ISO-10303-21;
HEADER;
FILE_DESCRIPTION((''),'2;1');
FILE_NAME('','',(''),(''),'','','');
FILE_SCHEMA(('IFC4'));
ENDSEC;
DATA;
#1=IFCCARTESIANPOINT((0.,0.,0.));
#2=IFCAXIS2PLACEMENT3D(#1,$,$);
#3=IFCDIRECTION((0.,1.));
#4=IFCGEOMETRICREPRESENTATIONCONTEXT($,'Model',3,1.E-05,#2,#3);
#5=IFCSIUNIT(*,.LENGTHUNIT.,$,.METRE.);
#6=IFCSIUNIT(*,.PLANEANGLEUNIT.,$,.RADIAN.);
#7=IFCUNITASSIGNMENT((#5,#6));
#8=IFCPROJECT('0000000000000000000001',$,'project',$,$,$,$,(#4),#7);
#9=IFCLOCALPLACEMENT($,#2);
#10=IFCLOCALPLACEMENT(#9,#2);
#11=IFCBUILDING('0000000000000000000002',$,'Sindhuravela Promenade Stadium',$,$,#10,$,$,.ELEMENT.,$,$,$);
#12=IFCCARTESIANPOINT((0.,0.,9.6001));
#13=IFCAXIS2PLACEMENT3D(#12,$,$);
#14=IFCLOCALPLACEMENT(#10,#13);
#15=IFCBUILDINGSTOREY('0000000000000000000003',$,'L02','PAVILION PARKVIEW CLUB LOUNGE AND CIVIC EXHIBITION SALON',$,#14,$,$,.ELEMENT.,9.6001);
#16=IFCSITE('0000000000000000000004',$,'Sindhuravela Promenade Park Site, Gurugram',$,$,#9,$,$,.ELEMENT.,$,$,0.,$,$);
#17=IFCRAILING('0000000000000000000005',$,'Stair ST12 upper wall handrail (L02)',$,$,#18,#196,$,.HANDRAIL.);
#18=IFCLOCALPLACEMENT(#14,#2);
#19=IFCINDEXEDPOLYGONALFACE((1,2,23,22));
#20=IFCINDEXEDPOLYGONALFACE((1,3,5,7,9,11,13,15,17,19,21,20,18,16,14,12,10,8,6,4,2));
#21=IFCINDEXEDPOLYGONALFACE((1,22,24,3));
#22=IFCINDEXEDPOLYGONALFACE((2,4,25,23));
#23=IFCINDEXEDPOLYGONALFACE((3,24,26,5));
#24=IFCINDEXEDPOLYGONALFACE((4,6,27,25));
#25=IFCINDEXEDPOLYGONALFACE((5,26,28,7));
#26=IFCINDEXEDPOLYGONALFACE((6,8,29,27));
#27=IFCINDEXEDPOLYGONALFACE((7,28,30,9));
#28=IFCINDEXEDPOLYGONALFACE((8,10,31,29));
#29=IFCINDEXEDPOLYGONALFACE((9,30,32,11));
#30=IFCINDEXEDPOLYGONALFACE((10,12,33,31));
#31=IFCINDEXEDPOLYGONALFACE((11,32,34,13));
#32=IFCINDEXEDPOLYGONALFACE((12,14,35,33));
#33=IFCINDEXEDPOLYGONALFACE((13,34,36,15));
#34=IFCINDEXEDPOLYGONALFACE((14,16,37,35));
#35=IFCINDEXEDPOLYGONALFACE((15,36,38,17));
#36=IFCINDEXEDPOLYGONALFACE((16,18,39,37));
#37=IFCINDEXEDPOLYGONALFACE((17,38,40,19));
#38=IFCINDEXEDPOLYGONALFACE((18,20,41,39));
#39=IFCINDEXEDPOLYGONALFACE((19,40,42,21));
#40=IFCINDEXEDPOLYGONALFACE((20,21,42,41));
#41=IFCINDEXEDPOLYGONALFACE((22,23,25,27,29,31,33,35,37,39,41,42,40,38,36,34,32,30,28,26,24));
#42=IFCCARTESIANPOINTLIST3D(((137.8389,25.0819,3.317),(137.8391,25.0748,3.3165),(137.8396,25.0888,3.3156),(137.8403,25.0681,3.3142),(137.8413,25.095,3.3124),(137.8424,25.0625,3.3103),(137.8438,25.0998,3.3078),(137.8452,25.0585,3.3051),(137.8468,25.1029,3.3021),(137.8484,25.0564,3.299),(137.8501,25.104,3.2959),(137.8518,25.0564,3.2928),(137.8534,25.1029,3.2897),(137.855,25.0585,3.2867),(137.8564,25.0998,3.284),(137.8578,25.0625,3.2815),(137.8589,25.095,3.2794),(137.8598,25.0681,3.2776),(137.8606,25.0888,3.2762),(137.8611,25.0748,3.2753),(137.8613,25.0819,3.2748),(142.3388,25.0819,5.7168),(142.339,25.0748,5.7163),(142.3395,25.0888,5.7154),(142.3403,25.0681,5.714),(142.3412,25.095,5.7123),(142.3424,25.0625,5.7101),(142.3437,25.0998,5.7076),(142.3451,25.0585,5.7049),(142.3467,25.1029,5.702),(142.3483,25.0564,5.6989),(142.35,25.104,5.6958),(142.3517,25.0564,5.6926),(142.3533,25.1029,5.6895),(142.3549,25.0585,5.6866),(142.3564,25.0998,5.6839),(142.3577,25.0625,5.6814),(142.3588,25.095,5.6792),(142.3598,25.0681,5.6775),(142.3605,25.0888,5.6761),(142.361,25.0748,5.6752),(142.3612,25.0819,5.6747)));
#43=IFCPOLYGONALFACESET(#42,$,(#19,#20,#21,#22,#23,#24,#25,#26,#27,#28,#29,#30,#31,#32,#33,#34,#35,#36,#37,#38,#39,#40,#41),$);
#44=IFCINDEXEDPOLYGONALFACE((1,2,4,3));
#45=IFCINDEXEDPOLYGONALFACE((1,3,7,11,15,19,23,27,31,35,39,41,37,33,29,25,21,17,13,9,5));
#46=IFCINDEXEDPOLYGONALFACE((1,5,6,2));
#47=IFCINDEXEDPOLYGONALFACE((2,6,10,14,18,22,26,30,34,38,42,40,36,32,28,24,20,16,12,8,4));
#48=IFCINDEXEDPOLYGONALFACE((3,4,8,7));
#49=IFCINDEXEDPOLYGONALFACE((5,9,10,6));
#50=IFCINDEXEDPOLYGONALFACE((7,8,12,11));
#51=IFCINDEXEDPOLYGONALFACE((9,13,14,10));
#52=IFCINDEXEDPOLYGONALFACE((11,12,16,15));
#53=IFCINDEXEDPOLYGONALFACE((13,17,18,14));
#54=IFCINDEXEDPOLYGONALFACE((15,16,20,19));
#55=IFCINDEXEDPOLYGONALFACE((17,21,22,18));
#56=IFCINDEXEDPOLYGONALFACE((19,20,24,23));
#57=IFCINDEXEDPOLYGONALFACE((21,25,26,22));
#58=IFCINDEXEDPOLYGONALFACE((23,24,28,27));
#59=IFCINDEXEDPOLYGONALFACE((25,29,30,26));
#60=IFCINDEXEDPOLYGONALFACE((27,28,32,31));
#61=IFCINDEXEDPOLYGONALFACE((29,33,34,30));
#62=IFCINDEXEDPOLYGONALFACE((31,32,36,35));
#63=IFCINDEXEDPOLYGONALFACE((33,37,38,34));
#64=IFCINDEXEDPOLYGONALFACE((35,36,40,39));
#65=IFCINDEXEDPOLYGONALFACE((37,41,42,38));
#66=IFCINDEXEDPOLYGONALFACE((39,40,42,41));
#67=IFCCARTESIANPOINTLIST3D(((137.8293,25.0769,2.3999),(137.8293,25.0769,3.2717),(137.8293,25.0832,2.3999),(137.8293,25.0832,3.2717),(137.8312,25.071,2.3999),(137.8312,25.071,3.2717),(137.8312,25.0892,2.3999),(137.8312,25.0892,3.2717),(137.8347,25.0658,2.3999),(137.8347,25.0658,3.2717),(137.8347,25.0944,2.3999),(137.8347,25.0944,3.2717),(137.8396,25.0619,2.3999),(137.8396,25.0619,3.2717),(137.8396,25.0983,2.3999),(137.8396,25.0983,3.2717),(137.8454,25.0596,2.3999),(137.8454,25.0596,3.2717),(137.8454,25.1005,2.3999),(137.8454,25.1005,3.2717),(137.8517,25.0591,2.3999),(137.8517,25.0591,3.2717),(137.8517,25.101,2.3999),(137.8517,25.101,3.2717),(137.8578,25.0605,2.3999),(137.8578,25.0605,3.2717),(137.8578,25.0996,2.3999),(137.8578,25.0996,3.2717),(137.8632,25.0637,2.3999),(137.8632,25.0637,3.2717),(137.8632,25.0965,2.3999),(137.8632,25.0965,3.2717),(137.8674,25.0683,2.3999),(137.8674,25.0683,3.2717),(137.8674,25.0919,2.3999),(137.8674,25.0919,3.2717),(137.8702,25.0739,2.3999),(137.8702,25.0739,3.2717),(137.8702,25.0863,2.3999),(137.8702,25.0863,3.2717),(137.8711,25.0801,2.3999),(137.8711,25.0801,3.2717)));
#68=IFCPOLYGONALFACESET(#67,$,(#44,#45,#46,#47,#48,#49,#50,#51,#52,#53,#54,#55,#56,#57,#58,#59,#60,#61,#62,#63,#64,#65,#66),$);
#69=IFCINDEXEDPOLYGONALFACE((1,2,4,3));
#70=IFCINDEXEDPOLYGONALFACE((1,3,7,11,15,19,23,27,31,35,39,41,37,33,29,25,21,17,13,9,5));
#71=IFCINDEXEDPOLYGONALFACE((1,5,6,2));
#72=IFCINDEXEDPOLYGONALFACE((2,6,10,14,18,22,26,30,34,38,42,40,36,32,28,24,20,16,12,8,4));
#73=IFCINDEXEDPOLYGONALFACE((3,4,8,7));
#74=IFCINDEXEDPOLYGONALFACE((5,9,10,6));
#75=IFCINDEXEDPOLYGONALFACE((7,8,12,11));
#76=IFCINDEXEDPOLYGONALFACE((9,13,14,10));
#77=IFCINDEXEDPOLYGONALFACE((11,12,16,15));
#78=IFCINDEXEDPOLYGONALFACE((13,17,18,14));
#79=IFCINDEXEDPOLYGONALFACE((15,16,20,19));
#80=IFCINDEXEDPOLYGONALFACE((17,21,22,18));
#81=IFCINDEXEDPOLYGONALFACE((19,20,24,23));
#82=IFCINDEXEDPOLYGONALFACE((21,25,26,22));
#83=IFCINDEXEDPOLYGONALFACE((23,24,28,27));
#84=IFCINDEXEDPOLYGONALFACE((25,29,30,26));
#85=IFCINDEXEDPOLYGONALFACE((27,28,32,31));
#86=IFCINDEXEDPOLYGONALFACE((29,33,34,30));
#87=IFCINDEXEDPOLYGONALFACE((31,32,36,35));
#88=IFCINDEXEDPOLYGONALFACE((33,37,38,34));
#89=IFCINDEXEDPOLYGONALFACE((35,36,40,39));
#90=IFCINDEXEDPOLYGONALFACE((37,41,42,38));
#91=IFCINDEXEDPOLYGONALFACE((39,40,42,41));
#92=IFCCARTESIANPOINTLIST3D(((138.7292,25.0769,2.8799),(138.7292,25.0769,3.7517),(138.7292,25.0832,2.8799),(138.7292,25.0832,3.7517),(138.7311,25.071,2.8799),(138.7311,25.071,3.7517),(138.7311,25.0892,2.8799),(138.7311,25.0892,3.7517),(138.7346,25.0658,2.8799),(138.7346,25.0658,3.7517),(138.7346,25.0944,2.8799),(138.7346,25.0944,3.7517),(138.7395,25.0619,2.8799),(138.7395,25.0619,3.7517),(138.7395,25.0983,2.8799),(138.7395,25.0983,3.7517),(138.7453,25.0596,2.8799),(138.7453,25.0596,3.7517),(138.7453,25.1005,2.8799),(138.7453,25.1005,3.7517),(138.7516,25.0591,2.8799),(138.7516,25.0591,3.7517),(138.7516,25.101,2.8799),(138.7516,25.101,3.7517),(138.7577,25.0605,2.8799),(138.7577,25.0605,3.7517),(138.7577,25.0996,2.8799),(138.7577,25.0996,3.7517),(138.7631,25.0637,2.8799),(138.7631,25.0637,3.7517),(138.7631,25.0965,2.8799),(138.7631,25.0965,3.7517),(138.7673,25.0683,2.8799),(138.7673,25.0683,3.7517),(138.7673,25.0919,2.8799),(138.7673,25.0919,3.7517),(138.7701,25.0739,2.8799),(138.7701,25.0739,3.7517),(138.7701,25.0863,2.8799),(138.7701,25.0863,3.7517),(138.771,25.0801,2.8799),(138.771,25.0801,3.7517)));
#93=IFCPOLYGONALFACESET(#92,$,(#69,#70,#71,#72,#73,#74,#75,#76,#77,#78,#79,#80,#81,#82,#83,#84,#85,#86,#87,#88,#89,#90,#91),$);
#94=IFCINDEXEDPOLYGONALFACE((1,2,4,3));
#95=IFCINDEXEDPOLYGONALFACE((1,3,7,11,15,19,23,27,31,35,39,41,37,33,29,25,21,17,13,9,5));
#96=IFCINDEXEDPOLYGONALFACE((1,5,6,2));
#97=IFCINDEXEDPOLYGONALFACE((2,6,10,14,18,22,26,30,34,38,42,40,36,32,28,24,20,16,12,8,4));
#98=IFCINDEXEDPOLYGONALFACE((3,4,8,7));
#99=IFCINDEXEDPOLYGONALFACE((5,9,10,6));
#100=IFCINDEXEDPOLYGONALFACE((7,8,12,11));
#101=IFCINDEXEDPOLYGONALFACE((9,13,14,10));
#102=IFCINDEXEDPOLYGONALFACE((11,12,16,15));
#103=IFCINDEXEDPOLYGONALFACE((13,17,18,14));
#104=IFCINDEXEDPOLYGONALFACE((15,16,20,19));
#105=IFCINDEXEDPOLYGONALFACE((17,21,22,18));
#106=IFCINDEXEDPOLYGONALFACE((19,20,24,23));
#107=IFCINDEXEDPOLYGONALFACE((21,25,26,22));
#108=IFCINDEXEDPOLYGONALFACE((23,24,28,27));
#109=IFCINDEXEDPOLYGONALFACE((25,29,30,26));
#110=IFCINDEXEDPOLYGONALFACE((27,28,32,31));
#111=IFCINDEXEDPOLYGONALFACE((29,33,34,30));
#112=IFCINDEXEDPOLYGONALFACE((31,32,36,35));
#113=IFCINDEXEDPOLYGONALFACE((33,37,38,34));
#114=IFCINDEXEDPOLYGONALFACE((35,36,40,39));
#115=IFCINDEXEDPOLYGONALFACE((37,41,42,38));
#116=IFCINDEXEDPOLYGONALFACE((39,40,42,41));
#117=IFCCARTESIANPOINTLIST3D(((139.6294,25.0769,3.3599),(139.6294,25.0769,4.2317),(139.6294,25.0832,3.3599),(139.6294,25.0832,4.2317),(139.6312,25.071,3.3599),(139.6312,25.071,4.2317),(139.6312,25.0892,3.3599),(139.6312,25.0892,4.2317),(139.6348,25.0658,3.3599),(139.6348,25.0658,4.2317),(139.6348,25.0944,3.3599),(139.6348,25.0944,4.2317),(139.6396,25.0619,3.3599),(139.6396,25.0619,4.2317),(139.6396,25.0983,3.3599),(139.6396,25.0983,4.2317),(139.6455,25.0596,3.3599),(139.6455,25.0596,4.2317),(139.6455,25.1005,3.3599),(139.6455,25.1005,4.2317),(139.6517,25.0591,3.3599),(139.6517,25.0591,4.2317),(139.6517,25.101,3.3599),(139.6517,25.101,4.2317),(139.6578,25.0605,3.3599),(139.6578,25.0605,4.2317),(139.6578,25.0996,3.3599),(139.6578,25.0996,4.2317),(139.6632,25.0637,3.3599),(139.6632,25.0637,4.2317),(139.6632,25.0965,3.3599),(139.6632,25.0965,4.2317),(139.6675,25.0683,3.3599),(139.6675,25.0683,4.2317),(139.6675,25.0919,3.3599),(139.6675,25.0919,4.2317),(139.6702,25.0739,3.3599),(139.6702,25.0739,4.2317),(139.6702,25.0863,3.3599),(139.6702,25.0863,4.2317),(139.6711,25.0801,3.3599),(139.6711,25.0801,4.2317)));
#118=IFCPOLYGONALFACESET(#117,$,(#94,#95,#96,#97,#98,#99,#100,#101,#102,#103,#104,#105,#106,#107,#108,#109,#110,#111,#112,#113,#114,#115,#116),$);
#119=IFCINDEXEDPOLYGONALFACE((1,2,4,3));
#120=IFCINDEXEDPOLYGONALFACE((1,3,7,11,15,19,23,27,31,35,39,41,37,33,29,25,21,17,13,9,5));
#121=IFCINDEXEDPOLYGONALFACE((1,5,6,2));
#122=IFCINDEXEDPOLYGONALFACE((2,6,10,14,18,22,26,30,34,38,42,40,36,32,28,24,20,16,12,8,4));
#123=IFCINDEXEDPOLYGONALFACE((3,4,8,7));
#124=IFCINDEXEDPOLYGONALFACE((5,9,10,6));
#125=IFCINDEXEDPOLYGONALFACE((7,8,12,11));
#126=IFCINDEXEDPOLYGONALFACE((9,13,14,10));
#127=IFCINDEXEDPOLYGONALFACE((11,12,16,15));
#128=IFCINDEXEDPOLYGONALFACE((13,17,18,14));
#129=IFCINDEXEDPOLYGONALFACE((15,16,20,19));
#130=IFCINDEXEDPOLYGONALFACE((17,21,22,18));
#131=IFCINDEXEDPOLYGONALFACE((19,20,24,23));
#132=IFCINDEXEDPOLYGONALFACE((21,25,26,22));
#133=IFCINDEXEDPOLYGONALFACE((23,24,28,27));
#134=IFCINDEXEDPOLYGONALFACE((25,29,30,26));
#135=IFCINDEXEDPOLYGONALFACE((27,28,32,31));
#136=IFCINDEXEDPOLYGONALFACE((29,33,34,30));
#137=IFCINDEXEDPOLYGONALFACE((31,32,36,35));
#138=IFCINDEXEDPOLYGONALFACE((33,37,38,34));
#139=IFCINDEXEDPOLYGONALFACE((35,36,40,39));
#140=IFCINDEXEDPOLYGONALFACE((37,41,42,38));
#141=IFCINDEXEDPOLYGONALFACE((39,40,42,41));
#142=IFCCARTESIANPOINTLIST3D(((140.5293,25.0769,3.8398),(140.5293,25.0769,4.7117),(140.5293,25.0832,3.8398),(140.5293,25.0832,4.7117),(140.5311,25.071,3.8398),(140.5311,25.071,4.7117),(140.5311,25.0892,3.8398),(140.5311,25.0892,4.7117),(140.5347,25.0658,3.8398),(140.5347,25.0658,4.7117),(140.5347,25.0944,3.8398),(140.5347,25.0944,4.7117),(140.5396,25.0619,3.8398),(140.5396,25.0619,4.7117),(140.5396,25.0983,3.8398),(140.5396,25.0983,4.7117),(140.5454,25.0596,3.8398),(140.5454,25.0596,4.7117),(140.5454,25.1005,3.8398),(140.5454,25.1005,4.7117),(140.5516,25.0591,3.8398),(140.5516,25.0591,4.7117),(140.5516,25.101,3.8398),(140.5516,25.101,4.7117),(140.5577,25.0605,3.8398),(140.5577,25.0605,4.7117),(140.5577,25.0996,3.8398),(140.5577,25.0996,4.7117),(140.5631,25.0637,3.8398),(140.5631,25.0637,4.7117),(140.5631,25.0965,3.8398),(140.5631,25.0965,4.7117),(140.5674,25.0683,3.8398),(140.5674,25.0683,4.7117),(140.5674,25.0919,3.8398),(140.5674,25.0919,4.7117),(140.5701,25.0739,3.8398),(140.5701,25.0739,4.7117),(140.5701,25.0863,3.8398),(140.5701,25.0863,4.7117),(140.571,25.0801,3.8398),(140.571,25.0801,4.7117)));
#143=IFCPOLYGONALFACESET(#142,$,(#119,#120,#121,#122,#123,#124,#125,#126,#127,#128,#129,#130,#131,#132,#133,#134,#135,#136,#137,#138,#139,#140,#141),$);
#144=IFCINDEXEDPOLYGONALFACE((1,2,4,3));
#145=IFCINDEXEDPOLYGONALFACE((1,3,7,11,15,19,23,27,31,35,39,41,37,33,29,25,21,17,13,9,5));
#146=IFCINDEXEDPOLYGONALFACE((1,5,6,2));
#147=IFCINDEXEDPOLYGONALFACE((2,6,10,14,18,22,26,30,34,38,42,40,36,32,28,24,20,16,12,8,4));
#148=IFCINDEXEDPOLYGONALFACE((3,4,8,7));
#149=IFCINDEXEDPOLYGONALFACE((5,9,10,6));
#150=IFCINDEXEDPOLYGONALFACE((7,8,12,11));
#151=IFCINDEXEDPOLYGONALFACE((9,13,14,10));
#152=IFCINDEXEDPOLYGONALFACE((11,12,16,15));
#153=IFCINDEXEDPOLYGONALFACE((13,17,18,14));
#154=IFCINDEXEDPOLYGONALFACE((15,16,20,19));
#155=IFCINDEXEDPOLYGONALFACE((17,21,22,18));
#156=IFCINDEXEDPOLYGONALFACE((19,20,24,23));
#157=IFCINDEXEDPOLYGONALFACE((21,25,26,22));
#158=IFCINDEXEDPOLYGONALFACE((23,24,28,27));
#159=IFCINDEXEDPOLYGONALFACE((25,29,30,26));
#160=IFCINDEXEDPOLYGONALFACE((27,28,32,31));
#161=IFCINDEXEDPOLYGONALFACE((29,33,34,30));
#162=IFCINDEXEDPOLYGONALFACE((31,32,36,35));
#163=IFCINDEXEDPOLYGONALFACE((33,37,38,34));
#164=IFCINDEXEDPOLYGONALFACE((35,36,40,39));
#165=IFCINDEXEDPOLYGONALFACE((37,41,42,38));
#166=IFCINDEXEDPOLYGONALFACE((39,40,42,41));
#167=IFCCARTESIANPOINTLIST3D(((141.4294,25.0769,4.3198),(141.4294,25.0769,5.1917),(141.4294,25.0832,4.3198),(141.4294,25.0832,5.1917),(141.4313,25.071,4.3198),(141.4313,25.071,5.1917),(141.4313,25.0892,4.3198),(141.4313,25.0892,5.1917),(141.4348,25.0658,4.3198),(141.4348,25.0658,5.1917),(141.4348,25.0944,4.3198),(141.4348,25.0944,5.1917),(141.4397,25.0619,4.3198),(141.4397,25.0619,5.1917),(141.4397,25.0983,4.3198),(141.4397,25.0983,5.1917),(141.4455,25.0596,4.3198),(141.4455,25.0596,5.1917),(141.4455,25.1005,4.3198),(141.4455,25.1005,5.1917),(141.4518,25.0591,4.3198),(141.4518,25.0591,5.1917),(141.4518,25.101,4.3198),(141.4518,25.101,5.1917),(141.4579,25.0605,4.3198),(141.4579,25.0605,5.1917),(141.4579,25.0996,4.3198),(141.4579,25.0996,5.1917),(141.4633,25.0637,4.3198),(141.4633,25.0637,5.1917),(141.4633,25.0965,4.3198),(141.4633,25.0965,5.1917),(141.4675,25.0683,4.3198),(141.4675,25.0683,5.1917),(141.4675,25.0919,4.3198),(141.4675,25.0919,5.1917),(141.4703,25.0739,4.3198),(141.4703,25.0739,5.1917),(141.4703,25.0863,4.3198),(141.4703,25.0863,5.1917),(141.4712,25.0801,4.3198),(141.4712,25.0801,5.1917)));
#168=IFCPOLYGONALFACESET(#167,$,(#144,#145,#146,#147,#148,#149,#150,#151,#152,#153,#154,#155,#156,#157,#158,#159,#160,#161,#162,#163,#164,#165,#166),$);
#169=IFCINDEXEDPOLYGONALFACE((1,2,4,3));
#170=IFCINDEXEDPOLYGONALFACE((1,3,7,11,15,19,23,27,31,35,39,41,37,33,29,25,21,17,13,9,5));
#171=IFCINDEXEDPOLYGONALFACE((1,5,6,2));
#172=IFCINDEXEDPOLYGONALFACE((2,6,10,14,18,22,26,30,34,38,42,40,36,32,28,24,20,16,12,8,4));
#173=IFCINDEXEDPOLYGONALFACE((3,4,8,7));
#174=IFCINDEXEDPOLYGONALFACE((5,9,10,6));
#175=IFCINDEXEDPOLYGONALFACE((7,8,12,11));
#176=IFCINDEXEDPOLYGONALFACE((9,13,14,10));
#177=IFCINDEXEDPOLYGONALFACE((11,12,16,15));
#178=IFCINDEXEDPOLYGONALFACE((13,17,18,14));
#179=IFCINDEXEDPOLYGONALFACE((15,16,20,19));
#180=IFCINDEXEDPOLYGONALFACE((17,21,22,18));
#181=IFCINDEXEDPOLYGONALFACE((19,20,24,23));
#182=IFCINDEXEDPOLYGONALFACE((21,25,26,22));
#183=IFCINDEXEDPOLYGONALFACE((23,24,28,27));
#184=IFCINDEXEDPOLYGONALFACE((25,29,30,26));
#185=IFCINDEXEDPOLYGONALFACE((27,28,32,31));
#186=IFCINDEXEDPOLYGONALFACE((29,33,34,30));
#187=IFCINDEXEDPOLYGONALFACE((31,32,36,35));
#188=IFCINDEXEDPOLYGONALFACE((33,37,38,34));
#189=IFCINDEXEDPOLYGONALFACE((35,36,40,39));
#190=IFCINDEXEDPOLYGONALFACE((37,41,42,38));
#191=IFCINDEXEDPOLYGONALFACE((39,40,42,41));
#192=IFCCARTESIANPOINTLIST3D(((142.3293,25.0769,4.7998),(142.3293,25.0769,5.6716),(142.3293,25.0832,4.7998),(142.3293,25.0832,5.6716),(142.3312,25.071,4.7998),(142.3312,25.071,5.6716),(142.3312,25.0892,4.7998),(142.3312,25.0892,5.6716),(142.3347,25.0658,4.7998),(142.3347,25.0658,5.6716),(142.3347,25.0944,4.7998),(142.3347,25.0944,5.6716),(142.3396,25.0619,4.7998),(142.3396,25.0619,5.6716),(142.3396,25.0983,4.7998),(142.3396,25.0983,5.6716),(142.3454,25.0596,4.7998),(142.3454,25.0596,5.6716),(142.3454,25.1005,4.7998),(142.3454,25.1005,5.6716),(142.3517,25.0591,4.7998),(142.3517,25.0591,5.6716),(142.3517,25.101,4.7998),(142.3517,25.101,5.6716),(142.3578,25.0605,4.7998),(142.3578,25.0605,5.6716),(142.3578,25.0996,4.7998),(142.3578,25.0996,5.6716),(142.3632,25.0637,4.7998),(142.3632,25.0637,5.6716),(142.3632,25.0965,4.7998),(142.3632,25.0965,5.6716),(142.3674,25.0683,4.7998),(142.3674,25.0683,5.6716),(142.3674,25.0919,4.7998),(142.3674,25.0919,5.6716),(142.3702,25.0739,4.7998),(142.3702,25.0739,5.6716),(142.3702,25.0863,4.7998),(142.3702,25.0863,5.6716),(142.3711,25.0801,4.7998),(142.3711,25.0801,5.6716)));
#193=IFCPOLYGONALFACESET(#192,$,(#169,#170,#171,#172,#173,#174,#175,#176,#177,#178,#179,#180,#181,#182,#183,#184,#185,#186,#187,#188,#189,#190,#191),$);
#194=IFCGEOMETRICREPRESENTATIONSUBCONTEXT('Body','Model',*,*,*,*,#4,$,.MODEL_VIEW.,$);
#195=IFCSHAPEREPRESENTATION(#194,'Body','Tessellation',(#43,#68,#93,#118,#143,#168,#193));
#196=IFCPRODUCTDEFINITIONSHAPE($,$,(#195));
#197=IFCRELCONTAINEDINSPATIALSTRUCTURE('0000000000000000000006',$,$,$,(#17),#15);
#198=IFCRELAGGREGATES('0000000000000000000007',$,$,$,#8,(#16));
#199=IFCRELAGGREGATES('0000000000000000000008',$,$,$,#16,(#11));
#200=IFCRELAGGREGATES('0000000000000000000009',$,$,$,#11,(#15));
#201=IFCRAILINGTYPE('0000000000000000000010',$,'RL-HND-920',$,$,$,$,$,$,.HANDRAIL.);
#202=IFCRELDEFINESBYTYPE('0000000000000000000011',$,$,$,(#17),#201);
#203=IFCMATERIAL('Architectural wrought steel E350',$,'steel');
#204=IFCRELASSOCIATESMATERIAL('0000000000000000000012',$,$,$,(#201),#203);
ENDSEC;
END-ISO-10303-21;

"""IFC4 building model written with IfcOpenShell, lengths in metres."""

from ifc_helpers import new_model, si_unit, direction, frame, origin, origin_2d, place, context, subcontext, project, spatial, circle, extrude, material, type_object, element, save


model = new_model("IFC4")

# Units and contexts
model_context = context("Model", 3, precision=1e-05, world=origin(), true_north=direction((0.0, 1.0)))
body_context = subcontext(model_context, "Body", "Model", "MODEL_VIEW")
ifc_project = project(units=[si_unit("LENGTHUNIT", "METRE"), si_unit("PLANEANGLEUNIT", "RADIAN")], contexts=[model_context])

# Site, building, storey
site_placement = place(None, origin())
site = spatial("IfcSite", under=ifc_project, at=site_placement, Name="Sindhuravela Promenade Park Site, Gurugram", CompositionType="ELEMENT", RefElevation=0.0)
building_placement = place(site_placement, origin())
building = spatial("IfcBuilding", under=site, at=building_placement, Name="Sindhuravela Promenade Stadium", CompositionType="ELEMENT")
storey_placement = place(building_placement, frame((0.0, 0.0, 9.6001)))
storey = spatial("IfcBuildingStorey", under=building, at=storey_placement, Name="L02", Description="PAVILION PARKVIEW CLUB LOUNGE AND CIVIC EXHIBITION SALON", CompositionType="ELEMENT", Elevation=9.6001)

# Shared definitions
ifc_material_1 = material(Name="Architectural wrought steel E350", Category="steel")

# Railing
railing_type = type_object("IfcRailingType", Name="RL-HND-920", PredefinedType="HANDRAIL", material=ifc_material_1)
railing_placement = place(storey_placement, frame((137.8501, 25.0801, 2.3999)))
element("IfcRailing", 1, at=railing_placement, inside=storey, type_object=railing_type, Name="Stair ST12 upper wall handrail (L02)", PredefinedType="HANDRAIL", context=body_context, shape_type="SweptSolid", body=[
    extrude(circle(Radius=0.0239, at=origin_2d()), frame((0.0, 0.0, 0.896), z_axis=(0.882361, 0.0, 0.470573), x_axis=(0.0, 1.0, 0.0)), (0.0, 0.0, 1.0), 5.0999),
    extrude(circle(Radius=0.021, at=origin_2d()), origin(), (0.0, 0.0, 1.0), 0.8718),
    extrude(circle(Radius=0.021, at=origin_2d()), frame((0.8999, 0.0, 0.48)), (0.0, 0.0, 1.0), 0.8718),
    extrude(circle(Radius=0.021, at=origin_2d()), frame((1.8, 0.0, 0.96)), (0.0, 0.0, 1.0), 0.8718),
    extrude(circle(Radius=0.021, at=origin_2d()), frame((2.7, 0.0, 1.4399)), (0.0, 0.0, 1.0), 0.8718),
    extrude(circle(Radius=0.021, at=origin_2d()), frame((3.6001, 0.0, 1.9199)), (0.0, 0.0, 1.0), 0.8718),
    extrude(circle(Radius=0.021, at=origin_2d()), frame((4.5, 0.0, 2.3999)), (0.0, 0.0, 1.0), 0.8718),
])

save(model, "model.ifc")
